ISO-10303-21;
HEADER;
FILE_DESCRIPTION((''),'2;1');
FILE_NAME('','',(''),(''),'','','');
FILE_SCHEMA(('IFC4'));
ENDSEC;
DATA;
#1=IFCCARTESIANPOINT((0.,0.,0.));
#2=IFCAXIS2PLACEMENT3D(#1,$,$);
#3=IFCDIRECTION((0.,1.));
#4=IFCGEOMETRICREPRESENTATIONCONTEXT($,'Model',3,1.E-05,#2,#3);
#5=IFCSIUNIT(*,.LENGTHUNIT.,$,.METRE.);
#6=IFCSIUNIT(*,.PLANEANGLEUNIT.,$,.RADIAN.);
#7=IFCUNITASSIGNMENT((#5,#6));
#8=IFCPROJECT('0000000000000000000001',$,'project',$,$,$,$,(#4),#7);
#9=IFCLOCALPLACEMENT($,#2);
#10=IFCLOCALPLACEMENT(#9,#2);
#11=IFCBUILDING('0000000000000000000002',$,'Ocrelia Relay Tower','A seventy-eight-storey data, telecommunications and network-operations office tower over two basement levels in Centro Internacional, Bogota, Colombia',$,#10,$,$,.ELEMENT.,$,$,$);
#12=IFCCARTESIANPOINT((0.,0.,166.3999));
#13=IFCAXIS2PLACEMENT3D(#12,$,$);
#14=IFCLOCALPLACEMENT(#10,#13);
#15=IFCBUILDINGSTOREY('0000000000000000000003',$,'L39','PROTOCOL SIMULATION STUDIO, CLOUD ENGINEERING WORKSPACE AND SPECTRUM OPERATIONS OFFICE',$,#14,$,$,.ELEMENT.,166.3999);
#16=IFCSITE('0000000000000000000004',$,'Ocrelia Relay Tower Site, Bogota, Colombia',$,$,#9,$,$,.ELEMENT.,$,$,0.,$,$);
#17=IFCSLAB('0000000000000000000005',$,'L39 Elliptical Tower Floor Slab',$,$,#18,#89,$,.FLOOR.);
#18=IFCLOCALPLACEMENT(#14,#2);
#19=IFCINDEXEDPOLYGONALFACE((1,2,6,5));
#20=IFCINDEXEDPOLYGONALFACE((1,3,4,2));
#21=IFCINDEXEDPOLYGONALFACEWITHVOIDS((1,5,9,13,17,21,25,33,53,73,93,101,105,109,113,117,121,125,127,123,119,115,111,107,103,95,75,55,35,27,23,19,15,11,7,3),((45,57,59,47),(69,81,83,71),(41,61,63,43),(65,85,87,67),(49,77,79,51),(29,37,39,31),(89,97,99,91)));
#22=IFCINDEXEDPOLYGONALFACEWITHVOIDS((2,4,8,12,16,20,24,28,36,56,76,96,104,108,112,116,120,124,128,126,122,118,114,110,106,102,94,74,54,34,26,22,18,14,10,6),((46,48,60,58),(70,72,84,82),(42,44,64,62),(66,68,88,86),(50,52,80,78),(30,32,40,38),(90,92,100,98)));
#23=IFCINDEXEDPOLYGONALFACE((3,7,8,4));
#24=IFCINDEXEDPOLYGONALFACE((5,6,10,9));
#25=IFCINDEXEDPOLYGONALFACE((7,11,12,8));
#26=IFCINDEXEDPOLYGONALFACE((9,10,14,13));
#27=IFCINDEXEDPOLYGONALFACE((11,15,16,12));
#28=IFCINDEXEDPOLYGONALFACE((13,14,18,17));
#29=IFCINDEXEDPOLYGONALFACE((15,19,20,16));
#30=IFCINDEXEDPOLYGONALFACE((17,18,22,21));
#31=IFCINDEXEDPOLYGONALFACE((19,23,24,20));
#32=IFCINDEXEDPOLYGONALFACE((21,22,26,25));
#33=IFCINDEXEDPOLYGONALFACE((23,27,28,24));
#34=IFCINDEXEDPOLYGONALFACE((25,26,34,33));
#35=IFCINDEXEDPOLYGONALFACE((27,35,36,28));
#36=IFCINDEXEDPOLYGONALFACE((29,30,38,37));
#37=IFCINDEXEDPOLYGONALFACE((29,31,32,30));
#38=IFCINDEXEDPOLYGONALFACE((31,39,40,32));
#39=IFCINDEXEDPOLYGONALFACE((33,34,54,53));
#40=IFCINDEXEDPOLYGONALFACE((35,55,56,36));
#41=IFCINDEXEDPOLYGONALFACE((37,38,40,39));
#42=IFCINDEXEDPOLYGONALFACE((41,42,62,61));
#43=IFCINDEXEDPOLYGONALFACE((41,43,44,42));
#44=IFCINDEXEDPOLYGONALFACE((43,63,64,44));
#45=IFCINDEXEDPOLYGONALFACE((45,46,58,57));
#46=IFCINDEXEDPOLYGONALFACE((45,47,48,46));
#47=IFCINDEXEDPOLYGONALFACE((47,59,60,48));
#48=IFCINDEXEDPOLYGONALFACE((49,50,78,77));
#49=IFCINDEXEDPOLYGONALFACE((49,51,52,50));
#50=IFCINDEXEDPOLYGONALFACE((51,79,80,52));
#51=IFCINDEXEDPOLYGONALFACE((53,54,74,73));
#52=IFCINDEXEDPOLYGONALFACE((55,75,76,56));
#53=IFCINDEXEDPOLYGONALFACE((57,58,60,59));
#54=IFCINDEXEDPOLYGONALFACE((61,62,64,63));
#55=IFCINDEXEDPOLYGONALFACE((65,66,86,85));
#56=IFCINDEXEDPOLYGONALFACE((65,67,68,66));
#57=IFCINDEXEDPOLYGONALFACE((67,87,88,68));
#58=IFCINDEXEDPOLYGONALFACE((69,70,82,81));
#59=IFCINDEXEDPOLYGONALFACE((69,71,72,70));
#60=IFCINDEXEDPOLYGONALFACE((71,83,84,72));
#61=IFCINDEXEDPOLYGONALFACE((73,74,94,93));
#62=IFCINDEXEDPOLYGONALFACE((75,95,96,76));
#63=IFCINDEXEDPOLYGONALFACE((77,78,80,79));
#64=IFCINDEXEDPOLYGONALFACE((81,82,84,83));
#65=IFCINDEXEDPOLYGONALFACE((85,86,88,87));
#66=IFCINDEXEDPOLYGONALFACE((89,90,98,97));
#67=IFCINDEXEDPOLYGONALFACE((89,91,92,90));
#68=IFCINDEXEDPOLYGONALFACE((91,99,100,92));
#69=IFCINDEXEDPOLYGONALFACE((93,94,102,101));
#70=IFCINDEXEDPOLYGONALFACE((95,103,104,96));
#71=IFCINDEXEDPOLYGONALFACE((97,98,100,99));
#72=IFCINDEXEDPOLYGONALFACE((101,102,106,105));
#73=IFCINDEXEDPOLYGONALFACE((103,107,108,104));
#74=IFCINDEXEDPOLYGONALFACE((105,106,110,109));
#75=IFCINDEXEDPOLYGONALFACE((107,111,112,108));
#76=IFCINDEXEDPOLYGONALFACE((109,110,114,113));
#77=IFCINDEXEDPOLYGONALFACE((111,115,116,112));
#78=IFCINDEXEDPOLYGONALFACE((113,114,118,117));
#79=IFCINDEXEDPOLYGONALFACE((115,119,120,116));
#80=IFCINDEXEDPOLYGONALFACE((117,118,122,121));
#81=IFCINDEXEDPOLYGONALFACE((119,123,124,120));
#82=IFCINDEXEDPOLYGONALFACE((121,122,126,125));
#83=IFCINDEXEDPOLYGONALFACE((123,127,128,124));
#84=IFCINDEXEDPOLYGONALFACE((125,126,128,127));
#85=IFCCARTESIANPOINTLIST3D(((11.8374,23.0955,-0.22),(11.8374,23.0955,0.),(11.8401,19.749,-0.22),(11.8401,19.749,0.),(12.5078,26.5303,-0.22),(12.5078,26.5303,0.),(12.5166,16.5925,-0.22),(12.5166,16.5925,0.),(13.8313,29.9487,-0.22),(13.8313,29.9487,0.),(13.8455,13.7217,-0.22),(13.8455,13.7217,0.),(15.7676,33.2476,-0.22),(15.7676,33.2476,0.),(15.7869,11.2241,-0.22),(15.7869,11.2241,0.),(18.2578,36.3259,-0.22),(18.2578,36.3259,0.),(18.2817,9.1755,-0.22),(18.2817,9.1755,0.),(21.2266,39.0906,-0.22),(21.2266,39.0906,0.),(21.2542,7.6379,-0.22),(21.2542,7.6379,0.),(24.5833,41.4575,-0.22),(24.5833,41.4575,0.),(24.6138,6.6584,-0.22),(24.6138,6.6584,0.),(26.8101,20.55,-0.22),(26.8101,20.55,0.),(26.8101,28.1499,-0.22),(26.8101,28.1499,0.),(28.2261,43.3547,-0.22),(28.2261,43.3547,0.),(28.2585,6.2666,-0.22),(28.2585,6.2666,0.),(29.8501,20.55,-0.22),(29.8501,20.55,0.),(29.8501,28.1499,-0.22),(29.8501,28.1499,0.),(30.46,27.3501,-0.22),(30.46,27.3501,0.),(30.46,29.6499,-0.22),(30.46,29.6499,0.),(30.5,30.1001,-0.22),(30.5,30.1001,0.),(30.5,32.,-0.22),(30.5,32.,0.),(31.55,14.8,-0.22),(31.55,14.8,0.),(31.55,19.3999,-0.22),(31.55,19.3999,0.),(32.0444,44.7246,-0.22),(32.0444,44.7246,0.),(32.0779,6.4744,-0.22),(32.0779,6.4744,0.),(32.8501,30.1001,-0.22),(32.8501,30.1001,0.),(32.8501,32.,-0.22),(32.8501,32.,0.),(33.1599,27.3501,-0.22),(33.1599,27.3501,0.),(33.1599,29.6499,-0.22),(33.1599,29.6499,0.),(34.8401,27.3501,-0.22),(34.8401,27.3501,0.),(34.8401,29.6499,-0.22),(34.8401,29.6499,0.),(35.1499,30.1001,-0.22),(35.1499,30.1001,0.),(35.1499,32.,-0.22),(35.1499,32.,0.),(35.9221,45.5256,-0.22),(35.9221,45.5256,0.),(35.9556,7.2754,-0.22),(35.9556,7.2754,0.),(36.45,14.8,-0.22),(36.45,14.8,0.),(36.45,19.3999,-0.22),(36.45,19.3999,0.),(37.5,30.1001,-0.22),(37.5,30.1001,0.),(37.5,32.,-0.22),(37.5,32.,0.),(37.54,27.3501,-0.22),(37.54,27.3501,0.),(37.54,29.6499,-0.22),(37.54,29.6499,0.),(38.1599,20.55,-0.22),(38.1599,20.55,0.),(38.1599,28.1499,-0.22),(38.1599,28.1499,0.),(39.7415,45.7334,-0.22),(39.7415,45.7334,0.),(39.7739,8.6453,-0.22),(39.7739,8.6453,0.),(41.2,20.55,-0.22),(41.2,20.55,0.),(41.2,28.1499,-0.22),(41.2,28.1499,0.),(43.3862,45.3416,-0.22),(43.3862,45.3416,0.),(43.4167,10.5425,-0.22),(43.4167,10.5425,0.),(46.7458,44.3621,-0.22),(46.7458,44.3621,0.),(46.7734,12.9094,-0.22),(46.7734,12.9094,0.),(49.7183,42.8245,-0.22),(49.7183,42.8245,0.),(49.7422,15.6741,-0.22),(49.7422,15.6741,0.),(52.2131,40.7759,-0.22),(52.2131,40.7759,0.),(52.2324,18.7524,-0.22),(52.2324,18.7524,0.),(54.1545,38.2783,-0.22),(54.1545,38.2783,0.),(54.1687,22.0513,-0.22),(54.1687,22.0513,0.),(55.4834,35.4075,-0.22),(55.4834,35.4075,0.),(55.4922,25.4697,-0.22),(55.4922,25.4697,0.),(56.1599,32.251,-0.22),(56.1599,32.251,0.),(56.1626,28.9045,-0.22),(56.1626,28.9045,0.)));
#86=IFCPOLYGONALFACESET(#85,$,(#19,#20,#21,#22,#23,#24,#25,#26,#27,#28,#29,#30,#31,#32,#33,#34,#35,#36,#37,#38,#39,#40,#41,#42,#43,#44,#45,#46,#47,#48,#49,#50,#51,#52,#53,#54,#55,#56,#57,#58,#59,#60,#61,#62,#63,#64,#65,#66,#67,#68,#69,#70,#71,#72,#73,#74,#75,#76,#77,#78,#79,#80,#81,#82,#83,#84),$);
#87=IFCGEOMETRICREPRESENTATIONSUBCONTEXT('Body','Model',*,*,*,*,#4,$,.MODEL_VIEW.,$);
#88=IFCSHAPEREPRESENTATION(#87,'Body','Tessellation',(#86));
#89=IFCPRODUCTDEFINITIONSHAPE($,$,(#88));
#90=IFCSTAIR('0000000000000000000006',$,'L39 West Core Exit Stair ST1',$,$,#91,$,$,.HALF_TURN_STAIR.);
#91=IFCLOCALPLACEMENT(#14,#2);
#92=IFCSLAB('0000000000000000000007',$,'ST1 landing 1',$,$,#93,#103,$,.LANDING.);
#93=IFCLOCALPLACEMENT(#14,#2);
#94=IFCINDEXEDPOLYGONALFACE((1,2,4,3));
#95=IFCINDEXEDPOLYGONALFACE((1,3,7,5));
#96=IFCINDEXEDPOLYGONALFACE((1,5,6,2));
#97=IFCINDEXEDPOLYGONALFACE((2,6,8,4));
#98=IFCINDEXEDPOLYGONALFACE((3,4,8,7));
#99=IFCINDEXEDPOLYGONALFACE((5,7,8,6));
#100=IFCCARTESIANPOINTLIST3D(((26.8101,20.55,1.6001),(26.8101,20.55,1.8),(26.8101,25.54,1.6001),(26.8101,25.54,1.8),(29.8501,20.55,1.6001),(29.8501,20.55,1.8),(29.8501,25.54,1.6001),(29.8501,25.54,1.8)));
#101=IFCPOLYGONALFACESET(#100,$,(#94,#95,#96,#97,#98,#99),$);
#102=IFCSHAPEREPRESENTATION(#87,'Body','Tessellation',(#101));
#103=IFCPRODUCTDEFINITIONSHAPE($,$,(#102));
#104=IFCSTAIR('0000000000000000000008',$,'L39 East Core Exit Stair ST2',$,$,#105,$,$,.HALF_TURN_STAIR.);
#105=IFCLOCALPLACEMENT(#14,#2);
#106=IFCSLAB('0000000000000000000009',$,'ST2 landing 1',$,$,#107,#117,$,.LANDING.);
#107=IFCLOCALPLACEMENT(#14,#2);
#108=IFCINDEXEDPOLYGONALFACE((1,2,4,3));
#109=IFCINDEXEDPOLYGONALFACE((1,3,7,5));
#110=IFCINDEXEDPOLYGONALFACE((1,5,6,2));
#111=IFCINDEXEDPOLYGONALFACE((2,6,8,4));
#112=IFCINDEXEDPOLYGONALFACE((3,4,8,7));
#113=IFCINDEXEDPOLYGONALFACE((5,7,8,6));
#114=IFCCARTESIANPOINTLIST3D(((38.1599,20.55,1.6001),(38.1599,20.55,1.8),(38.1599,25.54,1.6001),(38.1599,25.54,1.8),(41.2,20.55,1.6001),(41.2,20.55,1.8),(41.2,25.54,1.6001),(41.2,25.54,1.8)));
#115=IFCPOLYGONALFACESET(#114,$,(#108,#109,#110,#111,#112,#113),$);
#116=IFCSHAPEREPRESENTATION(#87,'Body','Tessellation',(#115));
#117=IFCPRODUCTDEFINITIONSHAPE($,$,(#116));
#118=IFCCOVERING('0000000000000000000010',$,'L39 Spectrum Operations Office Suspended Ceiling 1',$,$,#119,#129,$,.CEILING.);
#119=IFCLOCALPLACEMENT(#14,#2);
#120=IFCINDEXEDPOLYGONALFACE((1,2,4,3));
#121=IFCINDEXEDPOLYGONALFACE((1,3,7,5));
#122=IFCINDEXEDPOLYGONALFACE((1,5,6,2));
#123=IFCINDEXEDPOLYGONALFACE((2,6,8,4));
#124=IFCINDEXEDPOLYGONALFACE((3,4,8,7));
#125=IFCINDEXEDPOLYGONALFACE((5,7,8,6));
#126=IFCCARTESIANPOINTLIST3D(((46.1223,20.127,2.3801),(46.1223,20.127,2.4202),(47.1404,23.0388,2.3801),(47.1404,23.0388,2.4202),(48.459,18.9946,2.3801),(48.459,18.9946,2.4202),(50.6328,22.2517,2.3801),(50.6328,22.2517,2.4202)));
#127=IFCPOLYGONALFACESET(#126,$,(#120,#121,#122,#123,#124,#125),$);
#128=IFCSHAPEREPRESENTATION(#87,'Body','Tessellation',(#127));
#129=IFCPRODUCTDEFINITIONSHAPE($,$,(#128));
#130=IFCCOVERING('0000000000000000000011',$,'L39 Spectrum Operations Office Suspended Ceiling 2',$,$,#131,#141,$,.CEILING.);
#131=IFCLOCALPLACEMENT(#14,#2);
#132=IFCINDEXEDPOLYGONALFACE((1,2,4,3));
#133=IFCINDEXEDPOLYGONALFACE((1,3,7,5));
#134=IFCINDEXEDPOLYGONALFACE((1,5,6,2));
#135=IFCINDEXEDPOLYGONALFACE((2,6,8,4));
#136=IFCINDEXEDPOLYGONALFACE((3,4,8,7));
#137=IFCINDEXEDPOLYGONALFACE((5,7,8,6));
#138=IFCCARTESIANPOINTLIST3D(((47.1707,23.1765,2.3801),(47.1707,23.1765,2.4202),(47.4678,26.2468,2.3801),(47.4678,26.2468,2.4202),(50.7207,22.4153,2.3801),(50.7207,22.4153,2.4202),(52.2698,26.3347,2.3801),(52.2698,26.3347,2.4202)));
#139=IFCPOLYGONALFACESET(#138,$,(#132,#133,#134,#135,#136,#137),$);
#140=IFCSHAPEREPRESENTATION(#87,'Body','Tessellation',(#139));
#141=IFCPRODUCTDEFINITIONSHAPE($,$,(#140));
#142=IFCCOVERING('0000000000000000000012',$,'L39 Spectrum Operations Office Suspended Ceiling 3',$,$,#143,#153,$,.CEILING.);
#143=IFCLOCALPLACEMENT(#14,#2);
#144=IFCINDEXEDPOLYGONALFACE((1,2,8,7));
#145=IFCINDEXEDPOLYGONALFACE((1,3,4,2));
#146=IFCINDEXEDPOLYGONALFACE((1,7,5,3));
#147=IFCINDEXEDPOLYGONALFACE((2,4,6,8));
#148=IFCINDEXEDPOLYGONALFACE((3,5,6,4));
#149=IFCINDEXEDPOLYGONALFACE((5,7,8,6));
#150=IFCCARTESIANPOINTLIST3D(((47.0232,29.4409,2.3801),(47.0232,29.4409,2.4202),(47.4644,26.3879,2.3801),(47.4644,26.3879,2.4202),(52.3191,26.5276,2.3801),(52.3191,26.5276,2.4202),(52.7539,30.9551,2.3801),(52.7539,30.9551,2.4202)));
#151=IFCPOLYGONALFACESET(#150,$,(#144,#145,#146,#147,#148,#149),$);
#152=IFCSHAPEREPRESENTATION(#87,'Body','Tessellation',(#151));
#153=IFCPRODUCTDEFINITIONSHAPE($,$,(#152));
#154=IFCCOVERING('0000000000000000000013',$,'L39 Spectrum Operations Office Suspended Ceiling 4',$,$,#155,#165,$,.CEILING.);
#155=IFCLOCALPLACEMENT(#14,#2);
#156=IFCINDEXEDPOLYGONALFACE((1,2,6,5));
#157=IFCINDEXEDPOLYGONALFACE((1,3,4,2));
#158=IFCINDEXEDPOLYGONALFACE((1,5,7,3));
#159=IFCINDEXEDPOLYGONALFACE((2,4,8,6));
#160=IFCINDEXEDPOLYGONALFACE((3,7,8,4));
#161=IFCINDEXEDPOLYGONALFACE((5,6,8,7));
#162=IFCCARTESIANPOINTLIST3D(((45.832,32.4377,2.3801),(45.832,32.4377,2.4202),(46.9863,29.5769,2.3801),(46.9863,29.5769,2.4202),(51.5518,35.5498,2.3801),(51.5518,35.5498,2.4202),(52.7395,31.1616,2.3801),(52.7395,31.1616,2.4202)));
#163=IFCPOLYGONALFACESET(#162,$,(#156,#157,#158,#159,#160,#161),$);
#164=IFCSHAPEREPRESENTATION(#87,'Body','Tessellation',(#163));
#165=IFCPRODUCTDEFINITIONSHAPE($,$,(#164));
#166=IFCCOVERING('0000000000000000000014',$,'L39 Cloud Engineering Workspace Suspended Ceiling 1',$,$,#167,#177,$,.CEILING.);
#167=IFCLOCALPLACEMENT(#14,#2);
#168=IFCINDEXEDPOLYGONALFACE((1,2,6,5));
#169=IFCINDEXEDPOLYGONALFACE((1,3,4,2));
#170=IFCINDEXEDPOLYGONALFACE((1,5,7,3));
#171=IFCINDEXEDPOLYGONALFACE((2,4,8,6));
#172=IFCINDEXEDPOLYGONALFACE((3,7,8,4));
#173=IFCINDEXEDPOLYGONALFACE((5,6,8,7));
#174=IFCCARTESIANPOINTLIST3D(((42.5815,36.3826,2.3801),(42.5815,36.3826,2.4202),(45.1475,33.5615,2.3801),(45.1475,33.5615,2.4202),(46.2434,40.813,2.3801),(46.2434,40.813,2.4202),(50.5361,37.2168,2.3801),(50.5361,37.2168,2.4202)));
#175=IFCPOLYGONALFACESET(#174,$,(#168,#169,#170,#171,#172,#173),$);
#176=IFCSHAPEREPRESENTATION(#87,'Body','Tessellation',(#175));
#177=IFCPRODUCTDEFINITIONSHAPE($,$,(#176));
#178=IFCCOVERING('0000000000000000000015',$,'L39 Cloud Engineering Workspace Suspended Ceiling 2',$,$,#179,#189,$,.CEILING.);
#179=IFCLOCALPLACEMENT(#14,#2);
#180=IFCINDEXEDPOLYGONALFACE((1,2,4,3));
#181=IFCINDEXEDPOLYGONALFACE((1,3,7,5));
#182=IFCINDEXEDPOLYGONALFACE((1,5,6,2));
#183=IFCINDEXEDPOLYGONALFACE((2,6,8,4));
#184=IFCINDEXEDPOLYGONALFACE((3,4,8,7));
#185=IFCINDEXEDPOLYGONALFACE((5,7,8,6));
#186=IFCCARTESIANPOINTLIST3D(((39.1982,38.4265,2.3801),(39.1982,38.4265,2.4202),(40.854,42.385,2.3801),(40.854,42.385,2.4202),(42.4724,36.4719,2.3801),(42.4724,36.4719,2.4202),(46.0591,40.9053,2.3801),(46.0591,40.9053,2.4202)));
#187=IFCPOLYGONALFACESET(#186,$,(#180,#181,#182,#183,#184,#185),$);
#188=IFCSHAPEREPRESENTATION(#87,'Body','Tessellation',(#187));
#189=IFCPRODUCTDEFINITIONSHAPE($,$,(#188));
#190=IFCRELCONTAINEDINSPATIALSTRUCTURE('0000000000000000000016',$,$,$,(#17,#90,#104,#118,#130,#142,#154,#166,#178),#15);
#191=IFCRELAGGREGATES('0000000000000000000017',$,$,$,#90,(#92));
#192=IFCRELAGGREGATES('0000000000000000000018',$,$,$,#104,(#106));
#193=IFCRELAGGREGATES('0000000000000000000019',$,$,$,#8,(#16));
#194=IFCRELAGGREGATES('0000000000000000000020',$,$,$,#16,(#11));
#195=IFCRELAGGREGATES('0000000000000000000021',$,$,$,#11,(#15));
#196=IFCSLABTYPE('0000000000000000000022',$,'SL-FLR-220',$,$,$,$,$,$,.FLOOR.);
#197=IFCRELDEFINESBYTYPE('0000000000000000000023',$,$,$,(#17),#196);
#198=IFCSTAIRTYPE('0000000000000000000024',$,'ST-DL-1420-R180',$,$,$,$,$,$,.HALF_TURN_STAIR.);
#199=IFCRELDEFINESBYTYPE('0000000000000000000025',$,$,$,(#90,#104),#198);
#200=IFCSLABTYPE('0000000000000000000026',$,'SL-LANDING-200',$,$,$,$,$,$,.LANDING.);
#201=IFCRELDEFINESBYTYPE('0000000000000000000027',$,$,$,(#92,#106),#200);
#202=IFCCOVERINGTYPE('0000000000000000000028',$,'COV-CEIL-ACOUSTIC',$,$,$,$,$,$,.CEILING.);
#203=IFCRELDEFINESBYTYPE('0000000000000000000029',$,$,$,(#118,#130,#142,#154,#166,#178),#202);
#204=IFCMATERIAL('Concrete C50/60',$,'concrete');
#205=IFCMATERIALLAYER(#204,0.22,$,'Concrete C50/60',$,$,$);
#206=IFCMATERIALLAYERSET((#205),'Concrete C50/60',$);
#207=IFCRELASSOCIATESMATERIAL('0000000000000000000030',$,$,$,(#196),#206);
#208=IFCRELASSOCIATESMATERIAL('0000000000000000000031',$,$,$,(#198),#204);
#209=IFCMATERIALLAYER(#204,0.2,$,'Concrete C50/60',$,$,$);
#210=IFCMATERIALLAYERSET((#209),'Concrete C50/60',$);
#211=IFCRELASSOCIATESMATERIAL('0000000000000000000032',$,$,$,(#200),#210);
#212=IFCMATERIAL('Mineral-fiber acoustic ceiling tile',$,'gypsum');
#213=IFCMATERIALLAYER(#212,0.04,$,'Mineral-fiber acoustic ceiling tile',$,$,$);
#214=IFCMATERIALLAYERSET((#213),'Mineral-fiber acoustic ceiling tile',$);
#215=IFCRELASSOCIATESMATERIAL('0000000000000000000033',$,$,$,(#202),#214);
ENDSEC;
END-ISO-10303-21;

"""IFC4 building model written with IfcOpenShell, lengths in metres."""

from ifc_helpers import new_model, si_unit, direction, frame, origin, place, context, subcontext, project, spatial, polyline, outline, extrude, material, layer, layer_set, type_object, element, aggregate, save


model = new_model("IFC4")

# Units and contexts
model_context = context("Model", 3, precision=1e-05, world=origin(), true_north=direction((0.0, 1.0)))
body_context = subcontext(model_context, "Body", "Model", "MODEL_VIEW")
ifc_project = project(units=[si_unit("LENGTHUNIT", "METRE"), si_unit("PLANEANGLEUNIT", "RADIAN")], contexts=[model_context])

# Site, building, storey
site_placement = place(None, origin())
site = spatial("IfcSite", under=ifc_project, at=site_placement, Name="Ocrelia Relay Tower Site, Bogota, Colombia", CompositionType="ELEMENT", RefElevation=0.0)
building_placement = place(site_placement, origin())
building = spatial("IfcBuilding", under=site, at=building_placement, Name="Ocrelia Relay Tower", Description="A seventy-eight-storey data, telecommunications and network-operations office tower over two basement levels in Centro Internacional, Bogota, Colombia", CompositionType="ELEMENT")
storey_placement = place(building_placement, frame((0.0, 0.0, 166.3999)))
storey = spatial("IfcBuildingStorey", under=building, at=storey_placement, Name="L39", Description="PROTOCOL SIMULATION STUDIO, CLOUD ENGINEERING WORKSPACE AND SPECTRUM OPERATIONS OFFICE", CompositionType="ELEMENT", Elevation=166.3999)

# Slab
ifc_material_1 = material(Name="Concrete C50/60", Category="concrete")
ifc_layer_1 = layer(ifc_material_1, 0.22, Name="Concrete C50/60")
ifc_layer_set_1 = layer_set([ifc_layer_1], Name="Concrete C50/60")
slab_type_1 = type_object("IfcSlabType", Name="SL-FLR-220", PredefinedType="FLOOR", material=ifc_layer_set_1)
slab_1_placement = place(storey_placement, frame((0.0, 0.0, -0.22)))
element("IfcSlab", 1, at=slab_1_placement, inside=storey, type_object=slab_type_1, Name="L39 Elliptical Tower Floor Slab", PredefinedType="FLOOR", context=body_context, shape_type="SweptSolid", body=[
    extrude(outline(polyline([(54.1545, 38.2783), (52.2131, 40.7759), (49.7183, 42.8245), (46.7458, 44.3621), (43.3862, 45.3416), (39.7415, 45.7334), (35.9221, 45.5256), (32.0444, 44.7246), (28.2261, 43.3547), (24.5833, 41.4575), (21.2266, 39.0906), (18.2578, 36.3259), (15.7676, 33.2476), (13.8313, 29.9487), (12.5078, 26.5303), (11.8374, 23.0955), (11.8401, 19.749), (12.5166, 16.5925), (13.8455, 13.7217), (15.7869, 11.2241), (18.2817, 9.1755), (21.2542, 7.6379), (24.6138, 6.6584), (28.2585, 6.2666), (32.0779, 6.4744), (35.9556, 7.2754), (39.7739, 8.6453), (43.4167, 10.5425), (46.7734, 12.9094), (49.7422, 15.6741), (52.2324, 18.7524), (54.1687, 22.0513), (55.4922, 25.4697), (56.1626, 28.9045), (56.1599, 32.251), (55.4834, 35.4075), (54.1545, 38.2783)]), holes=[polyline([(26.8101, 28.1499), (26.8101, 20.55), (29.8501, 20.55), (29.8501, 28.1499), (26.8101, 28.1499)]), polyline([(38.1599, 28.1499), (38.1599, 20.55), (41.2, 20.55), (41.2, 28.1499), (38.1599, 28.1499)]), polyline([(30.46, 27.3501), (33.1599, 27.3501), (33.1599, 29.6499), (30.46, 29.6499), (30.46, 27.3501)]), polyline([(34.8401, 27.3501), (37.54, 27.3501), (37.54, 29.6499), (34.8401, 29.6499), (34.8401, 27.3501)]), polyline([(30.5, 30.1001), (32.8501, 30.1001), (32.8501, 32.0), (30.5, 32.0), (30.5, 30.1001)]), polyline([(35.1499, 30.1001), (37.5, 30.1001), (37.5, 32.0), (35.1499, 32.0), (35.1499, 30.1001)]), polyline([(31.55, 14.8), (36.45, 14.8), (36.45, 19.3999), (31.55, 19.3999), (31.55, 14.8)])]), origin(), (0.0, 0.0, 1.0), 0.22),
])

# Stairs, slabs
stair_type = type_object("IfcStairType", Name="ST-DL-1420-R180", PredefinedType="HALF_TURN_STAIR", material=ifc_material_1)
stair_1_placement = place(storey_placement, origin())
stair_1 = element("IfcStair", 2, at=stair_1_placement, inside=storey, type_object=stair_type, Name="L39 West Core Exit Stair ST1", PredefinedType="HALF_TURN_STAIR")
ifc_layer_2 = layer(ifc_material_1, 0.2, Name="Concrete C50/60")
ifc_layer_set_2 = layer_set([ifc_layer_2], Name="Concrete C50/60")
slab_type_2 = type_object("IfcSlabType", Name="SL-LANDING-200", PredefinedType="LANDING", material=ifc_layer_set_2)
slab_2_placement = place(storey_placement, frame((0.0, 0.0, 1.6001)))
slab_2 = element("IfcSlab", 3, at=slab_2_placement, type_object=slab_type_2, Name="ST1 landing 1", PredefinedType="LANDING", context=body_context, shape_type="SweptSolid", body=[
    extrude(outline(polyline([(26.8101, 25.54), (26.8101, 20.55), (29.8501, 20.55), (29.8501, 25.54), (26.8101, 25.54)])), origin(), (0.0, 0.0, 1.0), 0.2),
])
aggregate(stair_1, [slab_2])
stair_2_placement = place(storey_placement, origin())
stair_2 = element("IfcStair", 4, at=stair_2_placement, inside=storey, type_object=stair_type, Name="L39 East Core Exit Stair ST2", PredefinedType="HALF_TURN_STAIR")
slab_3_placement = place(storey_placement, frame((0.0, 0.0, 1.6001)))
slab_3 = element("IfcSlab", 5, at=slab_3_placement, type_object=slab_type_2, Name="ST2 landing 1", PredefinedType="LANDING", context=body_context, shape_type="SweptSolid", body=[
    extrude(outline(polyline([(38.1599, 25.54), (38.1599, 20.55), (41.2, 20.55), (41.2, 25.54), (38.1599, 25.54)])), origin(), (0.0, 0.0, 1.0), 0.2),
])
aggregate(stair_2, [slab_3])

# Coverings
ifc_material_2 = material(Name="Mineral-fiber acoustic ceiling tile", Category="gypsum")
ifc_layer_3 = layer(ifc_material_2, 0.04, Name="Mineral-fiber acoustic ceiling tile")
ifc_layer_set_3 = layer_set([ifc_layer_3], Name="Mineral-fiber acoustic ceiling tile")
covering_type_1 = type_object("IfcCoveringType", Name="COV-CEIL-ACOUSTIC", PredefinedType="CEILING", material=ifc_layer_set_3)
covering_1_placement = place(storey_placement, frame((0.0, 0.0, 2.3801)))
element("IfcCovering", 6, at=covering_1_placement, inside=storey, type_object=covering_type_1, Name="L39 Spectrum Operations Office Suspended Ceiling 1", PredefinedType="CEILING", context=body_context, shape_type="SweptSolid", body=[
    extrude(outline(polyline([(46.1223, 20.127), (48.459, 18.9946), (50.6328, 22.2517), (47.1404, 23.0388), (46.1223, 20.127)])), origin(), (0.0, 0.0, 1.0), 0.04),
])
covering_2_placement = place(storey_placement, frame((0.0, 0.0, 2.3801)))
element("IfcCovering", 7, at=covering_2_placement, inside=storey, type_object=covering_type_1, Name="L39 Spectrum Operations Office Suspended Ceiling 2", PredefinedType="CEILING", context=body_context, shape_type="SweptSolid", body=[
    extrude(outline(polyline([(47.1707, 23.1765), (50.7207, 22.4153), (52.2698, 26.3347), (47.4678, 26.2468), (47.1707, 23.1765)])), origin(), (0.0, 0.0, 1.0), 0.04),
])
covering_3_placement = place(storey_placement, frame((0.0, 0.0, 2.3801)))
element("IfcCovering", 8, at=covering_3_placement, inside=storey, type_object=covering_type_1, Name="L39 Spectrum Operations Office Suspended Ceiling 3", PredefinedType="CEILING", context=body_context, shape_type="SweptSolid", body=[
    extrude(outline(polyline([(47.4644, 26.3879), (52.3191, 26.5276), (52.7539, 30.9551), (47.0232, 29.4409), (47.4644, 26.3879)])), origin(), (0.0, 0.0, 1.0), 0.04),
])
covering_4_placement = place(storey_placement, frame((0.0, 0.0, 2.3801)))
element("IfcCovering", 9, at=covering_4_placement, inside=storey, type_object=covering_type_1, Name="L39 Spectrum Operations Office Suspended Ceiling 4", PredefinedType="CEILING", context=body_context, shape_type="SweptSolid", body=[
    extrude(outline(polyline([(46.9863, 29.5769), (52.7395, 31.1616), (51.5518, 35.5498), (45.832, 32.4377), (46.9863, 29.5769)])), origin(), (0.0, 0.0, 1.0), 0.04),
])
covering_5_placement = place(storey_placement, frame((0.0, 0.0, 2.3801)))
element("IfcCovering", 10, at=covering_5_placement, inside=storey, type_object=covering_type_1, Name="L39 Cloud Engineering Workspace Suspended Ceiling 1", PredefinedType="CEILING", context=body_context, shape_type="SweptSolid", body=[
    extrude(outline(polyline([(45.1475, 33.5615), (50.5361, 37.2168), (46.2434, 40.813), (42.5815, 36.3826), (45.1475, 33.5615)])), origin(), (0.0, 0.0, 1.0), 0.04),
])
covering_6_placement = place(storey_placement, frame((0.0, 0.0, 2.3801)))
element("IfcCovering", 11, at=covering_6_placement, inside=storey, type_object=covering_type_1, Name="L39 Cloud Engineering Workspace Suspended Ceiling 2", PredefinedType="CEILING", context=body_context, shape_type="SweptSolid", body=[
    extrude(outline(polyline([(42.4724, 36.4719), (46.0591, 40.9053), (40.854, 42.385), (39.1982, 38.4265), (42.4724, 36.4719)])), origin(), (0.0, 0.0, 1.0), 0.04),
])

save(model, "model.ifc")
